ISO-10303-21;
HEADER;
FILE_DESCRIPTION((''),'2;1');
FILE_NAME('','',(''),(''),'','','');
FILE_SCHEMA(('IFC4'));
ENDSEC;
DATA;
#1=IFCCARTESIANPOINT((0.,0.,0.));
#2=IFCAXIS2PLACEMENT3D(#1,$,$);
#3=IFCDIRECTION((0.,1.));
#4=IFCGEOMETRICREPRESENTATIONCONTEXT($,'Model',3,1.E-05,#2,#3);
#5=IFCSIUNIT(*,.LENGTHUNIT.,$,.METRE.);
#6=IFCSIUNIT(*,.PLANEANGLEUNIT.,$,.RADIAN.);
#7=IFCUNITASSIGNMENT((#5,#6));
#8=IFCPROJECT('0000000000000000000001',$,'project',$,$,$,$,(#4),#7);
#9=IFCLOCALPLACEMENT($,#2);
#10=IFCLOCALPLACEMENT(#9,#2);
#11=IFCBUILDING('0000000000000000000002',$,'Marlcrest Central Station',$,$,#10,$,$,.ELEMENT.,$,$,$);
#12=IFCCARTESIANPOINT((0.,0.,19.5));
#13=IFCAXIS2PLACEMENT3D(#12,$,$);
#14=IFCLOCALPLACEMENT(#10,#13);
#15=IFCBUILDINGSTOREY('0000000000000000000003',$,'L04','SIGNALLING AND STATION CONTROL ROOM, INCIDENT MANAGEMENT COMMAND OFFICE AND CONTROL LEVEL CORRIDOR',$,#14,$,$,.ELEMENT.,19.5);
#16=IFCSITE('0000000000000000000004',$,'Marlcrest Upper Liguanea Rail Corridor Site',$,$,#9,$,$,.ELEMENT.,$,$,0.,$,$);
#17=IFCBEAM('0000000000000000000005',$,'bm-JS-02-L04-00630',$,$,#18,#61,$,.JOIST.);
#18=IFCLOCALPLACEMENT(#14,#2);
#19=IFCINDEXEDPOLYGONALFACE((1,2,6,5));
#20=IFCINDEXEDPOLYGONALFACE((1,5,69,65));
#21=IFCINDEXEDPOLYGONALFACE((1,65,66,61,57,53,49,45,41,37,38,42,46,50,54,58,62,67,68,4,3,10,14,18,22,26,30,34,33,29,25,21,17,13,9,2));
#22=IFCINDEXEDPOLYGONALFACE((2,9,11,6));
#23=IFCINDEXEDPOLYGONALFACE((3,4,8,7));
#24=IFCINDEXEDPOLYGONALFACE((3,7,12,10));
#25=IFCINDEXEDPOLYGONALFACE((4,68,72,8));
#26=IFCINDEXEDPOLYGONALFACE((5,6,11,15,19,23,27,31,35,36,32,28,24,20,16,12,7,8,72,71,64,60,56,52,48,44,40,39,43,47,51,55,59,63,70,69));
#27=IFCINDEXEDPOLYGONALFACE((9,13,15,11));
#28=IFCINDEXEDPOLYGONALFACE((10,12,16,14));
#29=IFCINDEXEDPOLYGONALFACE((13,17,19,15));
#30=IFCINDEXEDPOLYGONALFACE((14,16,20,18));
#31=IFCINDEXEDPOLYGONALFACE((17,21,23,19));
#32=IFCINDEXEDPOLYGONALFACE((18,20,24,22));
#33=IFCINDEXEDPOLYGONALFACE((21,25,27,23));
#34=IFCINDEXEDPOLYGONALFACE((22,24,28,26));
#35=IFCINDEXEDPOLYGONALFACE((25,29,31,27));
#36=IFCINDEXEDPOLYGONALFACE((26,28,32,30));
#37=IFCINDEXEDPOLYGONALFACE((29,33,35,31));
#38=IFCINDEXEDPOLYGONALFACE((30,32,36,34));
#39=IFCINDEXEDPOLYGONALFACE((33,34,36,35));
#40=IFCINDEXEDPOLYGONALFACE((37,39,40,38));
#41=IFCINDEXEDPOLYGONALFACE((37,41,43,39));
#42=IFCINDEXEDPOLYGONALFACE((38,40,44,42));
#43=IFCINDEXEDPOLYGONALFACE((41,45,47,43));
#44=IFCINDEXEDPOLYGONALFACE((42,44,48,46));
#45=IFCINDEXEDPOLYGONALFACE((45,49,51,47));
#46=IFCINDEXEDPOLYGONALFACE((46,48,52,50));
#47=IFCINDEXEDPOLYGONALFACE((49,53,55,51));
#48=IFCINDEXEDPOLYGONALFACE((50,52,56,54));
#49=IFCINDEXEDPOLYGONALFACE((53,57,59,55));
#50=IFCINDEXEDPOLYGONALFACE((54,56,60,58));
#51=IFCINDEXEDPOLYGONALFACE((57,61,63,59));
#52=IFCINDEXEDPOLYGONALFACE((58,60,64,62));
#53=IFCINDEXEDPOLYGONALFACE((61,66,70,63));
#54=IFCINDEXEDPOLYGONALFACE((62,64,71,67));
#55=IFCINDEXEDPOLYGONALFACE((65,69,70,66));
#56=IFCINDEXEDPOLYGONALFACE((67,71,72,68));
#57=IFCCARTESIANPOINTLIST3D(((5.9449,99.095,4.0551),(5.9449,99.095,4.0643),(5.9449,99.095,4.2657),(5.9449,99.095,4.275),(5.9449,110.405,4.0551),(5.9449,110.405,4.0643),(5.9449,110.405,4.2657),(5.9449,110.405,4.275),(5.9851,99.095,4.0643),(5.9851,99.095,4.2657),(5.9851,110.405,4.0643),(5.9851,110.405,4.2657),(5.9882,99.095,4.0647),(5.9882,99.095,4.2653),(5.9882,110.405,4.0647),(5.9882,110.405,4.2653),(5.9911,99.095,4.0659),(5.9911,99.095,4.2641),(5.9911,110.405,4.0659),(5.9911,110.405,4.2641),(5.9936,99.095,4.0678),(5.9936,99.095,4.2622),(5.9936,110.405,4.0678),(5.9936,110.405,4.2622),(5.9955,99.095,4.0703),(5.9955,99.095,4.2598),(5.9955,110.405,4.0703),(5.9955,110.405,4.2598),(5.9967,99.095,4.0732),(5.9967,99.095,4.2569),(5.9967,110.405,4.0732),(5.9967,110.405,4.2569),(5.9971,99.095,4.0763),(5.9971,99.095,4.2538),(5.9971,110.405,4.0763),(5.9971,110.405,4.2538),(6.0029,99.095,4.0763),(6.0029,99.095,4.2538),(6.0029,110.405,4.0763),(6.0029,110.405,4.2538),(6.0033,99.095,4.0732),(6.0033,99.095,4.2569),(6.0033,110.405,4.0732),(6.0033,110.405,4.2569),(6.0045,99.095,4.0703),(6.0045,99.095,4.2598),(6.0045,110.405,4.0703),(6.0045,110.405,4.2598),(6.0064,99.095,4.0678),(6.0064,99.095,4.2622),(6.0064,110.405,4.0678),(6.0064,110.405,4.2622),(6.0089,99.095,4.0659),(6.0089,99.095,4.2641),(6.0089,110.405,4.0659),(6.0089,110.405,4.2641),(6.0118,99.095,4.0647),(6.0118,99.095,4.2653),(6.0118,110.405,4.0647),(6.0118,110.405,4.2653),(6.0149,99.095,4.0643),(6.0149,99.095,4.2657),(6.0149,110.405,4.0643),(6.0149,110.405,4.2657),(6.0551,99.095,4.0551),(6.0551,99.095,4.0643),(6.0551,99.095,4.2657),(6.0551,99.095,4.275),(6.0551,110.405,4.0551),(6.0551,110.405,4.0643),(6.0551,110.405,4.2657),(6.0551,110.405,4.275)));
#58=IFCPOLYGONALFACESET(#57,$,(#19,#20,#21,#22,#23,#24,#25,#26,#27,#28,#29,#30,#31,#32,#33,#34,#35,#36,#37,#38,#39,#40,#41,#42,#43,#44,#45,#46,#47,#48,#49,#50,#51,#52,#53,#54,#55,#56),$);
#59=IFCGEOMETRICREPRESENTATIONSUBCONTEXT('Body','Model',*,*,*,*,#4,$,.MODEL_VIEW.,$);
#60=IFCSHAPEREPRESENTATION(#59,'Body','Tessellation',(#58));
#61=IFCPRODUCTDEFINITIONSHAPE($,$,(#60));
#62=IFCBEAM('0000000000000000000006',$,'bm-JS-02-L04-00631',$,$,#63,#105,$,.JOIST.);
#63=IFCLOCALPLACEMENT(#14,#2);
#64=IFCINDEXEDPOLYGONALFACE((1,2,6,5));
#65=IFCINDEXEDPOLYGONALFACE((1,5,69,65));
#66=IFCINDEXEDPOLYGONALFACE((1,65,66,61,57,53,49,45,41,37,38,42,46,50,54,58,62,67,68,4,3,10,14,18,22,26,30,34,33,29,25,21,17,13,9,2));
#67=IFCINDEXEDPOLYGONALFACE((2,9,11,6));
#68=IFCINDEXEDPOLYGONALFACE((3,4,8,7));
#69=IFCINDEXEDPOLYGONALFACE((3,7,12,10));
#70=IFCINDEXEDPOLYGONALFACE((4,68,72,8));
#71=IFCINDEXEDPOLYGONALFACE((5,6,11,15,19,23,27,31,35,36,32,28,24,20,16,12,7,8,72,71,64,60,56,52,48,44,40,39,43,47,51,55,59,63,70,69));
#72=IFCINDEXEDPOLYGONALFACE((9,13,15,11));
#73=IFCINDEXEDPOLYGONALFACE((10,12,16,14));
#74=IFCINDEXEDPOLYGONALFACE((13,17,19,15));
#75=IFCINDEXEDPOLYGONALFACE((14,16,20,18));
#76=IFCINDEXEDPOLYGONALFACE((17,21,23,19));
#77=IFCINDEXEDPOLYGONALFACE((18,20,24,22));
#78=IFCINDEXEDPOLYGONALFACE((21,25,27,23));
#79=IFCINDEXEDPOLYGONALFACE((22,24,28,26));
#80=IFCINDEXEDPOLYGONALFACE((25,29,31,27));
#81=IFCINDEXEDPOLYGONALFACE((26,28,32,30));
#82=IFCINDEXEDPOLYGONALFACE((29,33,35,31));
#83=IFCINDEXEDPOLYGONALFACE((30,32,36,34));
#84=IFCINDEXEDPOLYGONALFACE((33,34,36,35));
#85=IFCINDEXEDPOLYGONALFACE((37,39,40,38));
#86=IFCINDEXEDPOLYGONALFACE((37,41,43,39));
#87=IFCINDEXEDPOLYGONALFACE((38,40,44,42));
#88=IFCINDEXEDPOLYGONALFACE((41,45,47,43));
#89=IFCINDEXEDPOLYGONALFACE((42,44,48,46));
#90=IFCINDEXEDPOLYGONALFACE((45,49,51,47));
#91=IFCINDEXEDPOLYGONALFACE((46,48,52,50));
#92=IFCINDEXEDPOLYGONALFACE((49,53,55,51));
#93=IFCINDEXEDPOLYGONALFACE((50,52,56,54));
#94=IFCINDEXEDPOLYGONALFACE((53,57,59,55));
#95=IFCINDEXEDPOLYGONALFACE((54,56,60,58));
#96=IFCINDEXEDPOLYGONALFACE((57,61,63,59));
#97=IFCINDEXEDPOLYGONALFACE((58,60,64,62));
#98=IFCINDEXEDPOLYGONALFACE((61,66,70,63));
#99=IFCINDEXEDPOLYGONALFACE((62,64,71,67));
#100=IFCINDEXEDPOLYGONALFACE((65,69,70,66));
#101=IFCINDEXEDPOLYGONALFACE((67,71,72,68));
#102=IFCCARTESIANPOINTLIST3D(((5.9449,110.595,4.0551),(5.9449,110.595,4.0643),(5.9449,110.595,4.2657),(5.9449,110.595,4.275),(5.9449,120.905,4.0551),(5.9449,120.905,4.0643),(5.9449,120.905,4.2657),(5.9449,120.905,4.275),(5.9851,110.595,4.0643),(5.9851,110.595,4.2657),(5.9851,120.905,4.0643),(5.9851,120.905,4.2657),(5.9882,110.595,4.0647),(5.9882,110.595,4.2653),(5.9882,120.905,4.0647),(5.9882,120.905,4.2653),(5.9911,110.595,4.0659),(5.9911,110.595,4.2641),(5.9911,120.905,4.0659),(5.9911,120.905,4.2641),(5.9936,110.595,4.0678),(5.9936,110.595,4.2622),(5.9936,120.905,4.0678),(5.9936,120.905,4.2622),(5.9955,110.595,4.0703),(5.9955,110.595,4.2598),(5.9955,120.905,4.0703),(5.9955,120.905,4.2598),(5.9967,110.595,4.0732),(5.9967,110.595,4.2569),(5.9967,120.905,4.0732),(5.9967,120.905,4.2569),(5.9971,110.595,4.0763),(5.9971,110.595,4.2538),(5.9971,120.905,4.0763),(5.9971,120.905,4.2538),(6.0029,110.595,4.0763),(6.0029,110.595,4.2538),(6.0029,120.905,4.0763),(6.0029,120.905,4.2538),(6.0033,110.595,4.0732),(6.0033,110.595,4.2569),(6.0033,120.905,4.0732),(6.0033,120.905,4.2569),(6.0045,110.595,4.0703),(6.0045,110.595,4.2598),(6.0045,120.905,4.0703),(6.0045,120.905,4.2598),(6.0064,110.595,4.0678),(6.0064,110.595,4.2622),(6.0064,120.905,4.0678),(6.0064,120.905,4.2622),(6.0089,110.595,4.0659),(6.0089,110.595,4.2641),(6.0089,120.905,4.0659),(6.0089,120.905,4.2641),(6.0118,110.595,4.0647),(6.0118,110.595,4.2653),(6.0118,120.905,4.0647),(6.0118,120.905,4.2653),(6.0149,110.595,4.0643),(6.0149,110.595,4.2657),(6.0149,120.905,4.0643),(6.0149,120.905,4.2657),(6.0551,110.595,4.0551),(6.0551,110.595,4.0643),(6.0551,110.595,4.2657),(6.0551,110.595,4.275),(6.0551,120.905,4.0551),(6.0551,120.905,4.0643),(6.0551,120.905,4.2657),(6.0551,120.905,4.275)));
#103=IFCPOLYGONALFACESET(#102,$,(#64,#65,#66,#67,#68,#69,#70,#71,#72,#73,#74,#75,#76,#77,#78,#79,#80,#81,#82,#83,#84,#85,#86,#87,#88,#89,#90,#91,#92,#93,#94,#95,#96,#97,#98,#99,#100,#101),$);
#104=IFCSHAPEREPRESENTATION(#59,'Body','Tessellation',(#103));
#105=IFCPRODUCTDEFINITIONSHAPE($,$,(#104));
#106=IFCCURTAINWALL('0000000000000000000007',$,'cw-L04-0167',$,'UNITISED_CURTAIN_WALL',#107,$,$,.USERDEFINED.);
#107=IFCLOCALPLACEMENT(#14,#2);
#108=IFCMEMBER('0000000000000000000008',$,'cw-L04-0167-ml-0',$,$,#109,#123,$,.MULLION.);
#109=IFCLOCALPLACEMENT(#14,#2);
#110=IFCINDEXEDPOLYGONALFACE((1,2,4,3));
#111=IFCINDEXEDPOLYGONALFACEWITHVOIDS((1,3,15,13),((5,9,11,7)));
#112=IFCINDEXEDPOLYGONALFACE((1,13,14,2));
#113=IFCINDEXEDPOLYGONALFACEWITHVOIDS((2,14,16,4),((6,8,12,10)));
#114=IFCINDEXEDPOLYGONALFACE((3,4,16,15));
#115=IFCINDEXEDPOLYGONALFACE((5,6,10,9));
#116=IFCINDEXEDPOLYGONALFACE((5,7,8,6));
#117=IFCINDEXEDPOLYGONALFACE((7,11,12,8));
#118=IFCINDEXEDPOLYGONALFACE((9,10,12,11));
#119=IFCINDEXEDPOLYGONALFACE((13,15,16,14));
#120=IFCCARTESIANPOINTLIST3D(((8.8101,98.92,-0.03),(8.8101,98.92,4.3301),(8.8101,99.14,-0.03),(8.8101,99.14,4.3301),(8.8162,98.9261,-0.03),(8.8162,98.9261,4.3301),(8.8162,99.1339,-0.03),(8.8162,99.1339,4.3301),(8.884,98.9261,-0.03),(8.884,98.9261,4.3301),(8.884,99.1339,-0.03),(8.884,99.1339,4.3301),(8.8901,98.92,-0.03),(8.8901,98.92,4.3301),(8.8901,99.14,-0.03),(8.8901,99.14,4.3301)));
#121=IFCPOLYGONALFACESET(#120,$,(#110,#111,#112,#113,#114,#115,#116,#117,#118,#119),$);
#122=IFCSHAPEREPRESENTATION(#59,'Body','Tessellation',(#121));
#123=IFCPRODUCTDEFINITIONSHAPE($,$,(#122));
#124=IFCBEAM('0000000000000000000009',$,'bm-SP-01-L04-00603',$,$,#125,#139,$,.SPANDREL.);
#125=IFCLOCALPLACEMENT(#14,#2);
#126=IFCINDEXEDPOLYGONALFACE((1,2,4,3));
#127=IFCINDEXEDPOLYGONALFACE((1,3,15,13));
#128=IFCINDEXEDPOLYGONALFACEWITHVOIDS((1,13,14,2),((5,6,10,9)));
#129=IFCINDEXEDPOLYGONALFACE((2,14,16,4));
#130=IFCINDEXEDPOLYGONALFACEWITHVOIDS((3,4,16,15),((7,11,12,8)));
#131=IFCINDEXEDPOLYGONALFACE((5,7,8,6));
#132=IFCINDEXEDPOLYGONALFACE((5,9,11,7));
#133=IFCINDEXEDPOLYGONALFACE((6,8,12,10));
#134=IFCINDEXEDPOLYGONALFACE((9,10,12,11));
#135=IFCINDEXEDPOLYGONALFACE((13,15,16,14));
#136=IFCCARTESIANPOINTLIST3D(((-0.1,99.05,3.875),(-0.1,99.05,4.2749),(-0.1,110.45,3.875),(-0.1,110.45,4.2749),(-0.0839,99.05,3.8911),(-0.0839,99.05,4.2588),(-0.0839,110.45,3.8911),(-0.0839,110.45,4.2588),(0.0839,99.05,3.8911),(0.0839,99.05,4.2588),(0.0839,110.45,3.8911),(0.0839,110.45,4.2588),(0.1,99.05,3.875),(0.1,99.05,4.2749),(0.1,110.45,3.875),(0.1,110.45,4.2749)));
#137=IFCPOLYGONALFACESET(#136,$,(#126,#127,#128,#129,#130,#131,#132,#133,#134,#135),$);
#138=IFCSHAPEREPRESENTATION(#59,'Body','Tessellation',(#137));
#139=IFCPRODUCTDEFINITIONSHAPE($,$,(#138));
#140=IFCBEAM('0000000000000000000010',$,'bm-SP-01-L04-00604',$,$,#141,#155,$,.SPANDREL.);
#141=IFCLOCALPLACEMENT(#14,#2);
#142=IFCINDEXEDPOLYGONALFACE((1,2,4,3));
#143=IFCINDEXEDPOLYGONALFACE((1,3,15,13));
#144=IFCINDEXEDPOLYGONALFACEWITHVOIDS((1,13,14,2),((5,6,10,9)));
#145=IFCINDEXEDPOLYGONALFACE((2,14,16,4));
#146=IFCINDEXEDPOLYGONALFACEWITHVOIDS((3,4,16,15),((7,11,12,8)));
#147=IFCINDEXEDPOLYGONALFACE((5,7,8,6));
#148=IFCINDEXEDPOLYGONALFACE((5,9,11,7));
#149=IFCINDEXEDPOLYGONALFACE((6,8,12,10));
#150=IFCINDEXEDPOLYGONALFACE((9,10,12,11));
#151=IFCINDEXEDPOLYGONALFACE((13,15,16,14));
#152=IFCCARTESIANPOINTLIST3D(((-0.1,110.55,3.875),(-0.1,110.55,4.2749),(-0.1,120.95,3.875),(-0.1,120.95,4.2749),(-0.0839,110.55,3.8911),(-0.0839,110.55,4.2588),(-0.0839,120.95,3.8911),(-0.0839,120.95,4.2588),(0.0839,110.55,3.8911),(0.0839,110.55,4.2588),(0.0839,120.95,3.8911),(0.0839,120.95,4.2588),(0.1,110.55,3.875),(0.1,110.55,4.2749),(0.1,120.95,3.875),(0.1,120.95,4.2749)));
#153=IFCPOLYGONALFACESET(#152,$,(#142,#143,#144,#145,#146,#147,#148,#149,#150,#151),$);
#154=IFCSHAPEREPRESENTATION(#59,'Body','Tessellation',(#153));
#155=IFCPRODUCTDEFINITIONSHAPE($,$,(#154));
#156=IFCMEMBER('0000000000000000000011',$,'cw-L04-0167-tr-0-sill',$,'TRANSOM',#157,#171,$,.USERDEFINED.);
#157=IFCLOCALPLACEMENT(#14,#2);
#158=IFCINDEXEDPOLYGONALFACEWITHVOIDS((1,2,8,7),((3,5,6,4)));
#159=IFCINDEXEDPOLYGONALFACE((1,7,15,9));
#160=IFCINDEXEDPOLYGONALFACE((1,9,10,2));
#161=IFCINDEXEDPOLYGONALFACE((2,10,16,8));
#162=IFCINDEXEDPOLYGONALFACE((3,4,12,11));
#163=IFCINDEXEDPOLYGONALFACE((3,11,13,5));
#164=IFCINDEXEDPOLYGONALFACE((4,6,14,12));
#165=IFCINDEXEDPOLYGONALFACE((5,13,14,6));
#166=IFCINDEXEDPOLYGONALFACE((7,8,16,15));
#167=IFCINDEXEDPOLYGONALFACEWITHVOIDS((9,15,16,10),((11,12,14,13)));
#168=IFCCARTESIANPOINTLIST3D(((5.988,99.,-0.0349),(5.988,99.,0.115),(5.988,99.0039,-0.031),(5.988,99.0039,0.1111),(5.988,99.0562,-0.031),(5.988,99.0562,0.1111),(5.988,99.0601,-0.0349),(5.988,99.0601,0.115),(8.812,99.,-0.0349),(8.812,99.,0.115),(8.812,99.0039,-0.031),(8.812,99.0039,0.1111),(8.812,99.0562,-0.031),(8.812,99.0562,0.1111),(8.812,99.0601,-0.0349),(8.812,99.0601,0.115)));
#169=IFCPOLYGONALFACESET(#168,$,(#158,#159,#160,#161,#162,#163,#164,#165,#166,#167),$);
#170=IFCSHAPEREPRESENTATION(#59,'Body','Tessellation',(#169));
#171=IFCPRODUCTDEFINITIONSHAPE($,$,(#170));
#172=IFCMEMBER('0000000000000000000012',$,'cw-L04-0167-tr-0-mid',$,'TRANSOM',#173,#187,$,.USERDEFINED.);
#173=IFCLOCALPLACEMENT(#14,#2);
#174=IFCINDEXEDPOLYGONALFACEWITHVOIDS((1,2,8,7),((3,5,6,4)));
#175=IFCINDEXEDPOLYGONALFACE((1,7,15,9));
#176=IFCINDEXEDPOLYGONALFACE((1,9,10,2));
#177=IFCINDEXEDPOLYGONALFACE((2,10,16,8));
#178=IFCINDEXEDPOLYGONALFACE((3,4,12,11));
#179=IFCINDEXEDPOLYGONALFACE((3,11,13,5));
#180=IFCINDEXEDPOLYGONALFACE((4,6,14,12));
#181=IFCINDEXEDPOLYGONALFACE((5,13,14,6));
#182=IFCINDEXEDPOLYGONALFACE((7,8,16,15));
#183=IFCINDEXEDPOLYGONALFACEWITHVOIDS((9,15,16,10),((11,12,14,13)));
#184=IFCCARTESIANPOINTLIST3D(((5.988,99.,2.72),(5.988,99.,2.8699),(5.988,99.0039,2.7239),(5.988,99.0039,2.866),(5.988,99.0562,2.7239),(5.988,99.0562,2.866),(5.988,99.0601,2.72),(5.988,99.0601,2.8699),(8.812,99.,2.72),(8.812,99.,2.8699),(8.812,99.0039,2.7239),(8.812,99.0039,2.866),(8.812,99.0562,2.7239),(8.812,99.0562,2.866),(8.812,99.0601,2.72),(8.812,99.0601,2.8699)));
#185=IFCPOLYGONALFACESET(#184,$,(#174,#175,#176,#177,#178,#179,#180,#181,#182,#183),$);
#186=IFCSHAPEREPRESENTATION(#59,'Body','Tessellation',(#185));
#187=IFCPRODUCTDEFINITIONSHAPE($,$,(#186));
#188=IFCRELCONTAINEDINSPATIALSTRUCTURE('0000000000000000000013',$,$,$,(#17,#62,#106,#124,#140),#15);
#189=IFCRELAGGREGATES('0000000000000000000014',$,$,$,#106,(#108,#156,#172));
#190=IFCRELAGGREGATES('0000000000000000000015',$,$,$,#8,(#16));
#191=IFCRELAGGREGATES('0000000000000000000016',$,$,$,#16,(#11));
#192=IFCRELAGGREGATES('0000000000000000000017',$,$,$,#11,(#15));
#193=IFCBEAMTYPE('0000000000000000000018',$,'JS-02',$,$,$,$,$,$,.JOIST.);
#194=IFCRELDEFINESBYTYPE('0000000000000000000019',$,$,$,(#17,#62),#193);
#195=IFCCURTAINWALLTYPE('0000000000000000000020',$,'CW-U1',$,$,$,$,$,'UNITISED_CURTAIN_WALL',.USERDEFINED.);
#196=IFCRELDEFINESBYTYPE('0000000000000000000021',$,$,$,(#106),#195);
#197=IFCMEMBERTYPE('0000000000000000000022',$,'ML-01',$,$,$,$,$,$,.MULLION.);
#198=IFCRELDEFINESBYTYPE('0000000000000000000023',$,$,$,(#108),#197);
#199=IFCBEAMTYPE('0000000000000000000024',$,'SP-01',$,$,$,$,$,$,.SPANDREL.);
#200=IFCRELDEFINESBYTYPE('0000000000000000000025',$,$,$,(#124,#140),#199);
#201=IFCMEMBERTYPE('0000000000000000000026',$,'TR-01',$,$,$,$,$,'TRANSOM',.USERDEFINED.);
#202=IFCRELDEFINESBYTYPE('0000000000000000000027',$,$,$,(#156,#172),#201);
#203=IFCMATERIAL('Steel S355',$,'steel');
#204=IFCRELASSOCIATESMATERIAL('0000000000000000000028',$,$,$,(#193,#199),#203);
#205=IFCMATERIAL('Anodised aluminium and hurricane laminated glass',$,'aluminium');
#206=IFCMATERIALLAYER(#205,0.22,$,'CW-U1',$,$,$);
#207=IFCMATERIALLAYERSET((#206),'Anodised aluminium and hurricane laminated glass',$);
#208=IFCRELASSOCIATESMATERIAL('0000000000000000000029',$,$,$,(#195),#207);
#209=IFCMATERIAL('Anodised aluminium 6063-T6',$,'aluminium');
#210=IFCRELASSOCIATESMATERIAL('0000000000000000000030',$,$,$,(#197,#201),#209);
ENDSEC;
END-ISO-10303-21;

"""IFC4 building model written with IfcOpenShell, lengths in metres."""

from ifc_helpers import new_model, si_unit, direction, frame, origin, origin_2d, place, context, subcontext, project, spatial, hollow_rectangle, i_section, extrude, material, layer, layer_set, material_profile, profile_set, type_object, element, aggregate, save


model = new_model("IFC4")

# Units and contexts
model_context = context("Model", 3, precision=1e-05, world=origin(), true_north=direction((0.0, 1.0)))
body_context = subcontext(model_context, "Body", "Model", "MODEL_VIEW")
ifc_project = project(units=[si_unit("LENGTHUNIT", "METRE"), si_unit("PLANEANGLEUNIT", "RADIAN")], contexts=[model_context])

# Site, building, storey
site_placement = place(None, origin())
site = spatial("IfcSite", under=ifc_project, at=site_placement, Name="Marlcrest Upper Liguanea Rail Corridor Site", CompositionType="ELEMENT", RefElevation=0.0)
building_placement = place(site_placement, origin())
building = spatial("IfcBuilding", under=site, at=building_placement, Name="Marlcrest Central Station", CompositionType="ELEMENT")
storey_placement = place(building_placement, frame((0.0, 0.0, 19.5)))
storey = spatial("IfcBuildingStorey", under=building, at=storey_placement, Name="L04", Description="SIGNALLING AND STATION CONTROL ROOM, INCIDENT MANAGEMENT COMMAND OFFICE AND CONTROL LEVEL CORRIDOR", CompositionType="ELEMENT", Elevation=19.5)

# Shared definitions
ifc_material_1 = material(Name="Steel S355", Category="steel")

# Beams
ifc_material_profile_1 = material_profile(ifc_material_1, i_section(OverallWidth=0.1101, OverallDepth=0.22, WebThickness=0.0059, FlangeThickness=0.0093, FilletRadius=0.012, at=origin_2d()), Name="IPE 220")
ifc_profile_set_1 = profile_set([ifc_material_profile_1], Name="Steel S355")
beam_type_1 = type_object("IfcBeamType", Name="JS-02", PredefinedType="JOIST", material=ifc_profile_set_1)
beam_1_placement = place(storey_placement, frame((6.0, 99.095, 4.165), z_axis=(0.0, 1.0, 0.0), x_axis=(-1.0, 0.0, 0.0)))
element("IfcBeam", 1, at=beam_1_placement, inside=storey, type_object=beam_type_1, Name="bm-JS-02-L04-00630", PredefinedType="JOIST", context=body_context, shape_type="SweptSolid", body=[
    extrude(i_section(OverallWidth=0.1101, OverallDepth=0.22, WebThickness=0.0059, FlangeThickness=0.0093, FilletRadius=0.012, at=origin_2d()), origin(), (0.0, 0.0, 1.0), 11.3101),
])
beam_2_placement = place(storey_placement, frame((6.0, 110.595, 4.165), z_axis=(0.0, 1.0, 0.0), x_axis=(-1.0, 0.0, 0.0)))
element("IfcBeam", 2, at=beam_2_placement, inside=storey, type_object=beam_type_1, Name="bm-JS-02-L04-00631", PredefinedType="JOIST", context=body_context, shape_type="SweptSolid", body=[
    extrude(i_section(OverallWidth=0.1101, OverallDepth=0.22, WebThickness=0.0059, FlangeThickness=0.0093, FilletRadius=0.012, at=origin_2d()), origin(), (0.0, 0.0, 1.0), 10.3101),
])

# Curtain wall, member
ifc_material_2 = material(Name="Anodised aluminium and hurricane laminated glass", Category="aluminium")
ifc_layer_1 = layer(ifc_material_2, 0.22, Name="CW-U1")
ifc_layer_set_1 = layer_set([ifc_layer_1], Name="Anodised aluminium and hurricane laminated glass")
curtain_wall_type = type_object("IfcCurtainWallType", Name="CW-U1", ElementType="UNITISED_CURTAIN_WALL", PredefinedType="USERDEFINED", material=ifc_layer_set_1)
curtain_wall_placement = place(storey_placement, origin())
curtain_wall = element("IfcCurtainWall", 3, at=curtain_wall_placement, inside=storey, type_object=curtain_wall_type, Name="cw-L04-0167", ObjectType="UNITISED_CURTAIN_WALL", PredefinedType="USERDEFINED")
ifc_material_3 = material(Name="Anodised aluminium 6063-T6", Category="aluminium")
ifc_material_profile_2 = material_profile(ifc_material_3, hollow_rectangle(XDim=0.0801, YDim=0.22, WallThickness=0.0061, at=origin_2d()), Name="AA-RHS 220x80x6")
ifc_profile_set_2 = profile_set([ifc_material_profile_2], Name="Anodised aluminium 6063-T6")
member_type_1 = type_object("IfcMemberType", Name="ML-01", PredefinedType="MULLION", material=ifc_profile_set_2)
member_1_placement = place(storey_placement, frame((8.8501, 99.03, -0.03), z_axis=(0.0, 0.0, 1.0), x_axis=(1.0, 0.0, 0.0)))
member_1 = element("IfcMember", 4, at=member_1_placement, type_object=member_type_1, Name="cw-L04-0167-ml-0", PredefinedType="MULLION", context=body_context, shape_type="SweptSolid", body=[
    extrude(hollow_rectangle(XDim=0.0801, YDim=0.22, WallThickness=0.0061, at=origin_2d()), origin(), (0.0, 0.0, 1.0), 4.3601),
])

# Beams
ifc_material_profile_3 = material_profile(ifc_material_1, hollow_rectangle(XDim=0.2, YDim=0.3999, WallThickness=0.0161, at=origin_2d()), Name="RHS 400x200x16")
ifc_profile_set_3 = profile_set([ifc_material_profile_3], Name="Steel S355")
beam_type_2 = type_object("IfcBeamType", Name="SP-01", PredefinedType="SPANDREL", material=ifc_profile_set_3)
beam_3_placement = place(storey_placement, frame((0.0, 99.05, 4.075), z_axis=(0.0, 1.0, 0.0), x_axis=(-1.0, 0.0, 0.0)))
element("IfcBeam", 5, at=beam_3_placement, inside=storey, type_object=beam_type_2, Name="bm-SP-01-L04-00603", PredefinedType="SPANDREL", context=body_context, shape_type="SweptSolid", body=[
    extrude(hollow_rectangle(XDim=0.2, YDim=0.3999, WallThickness=0.0161, at=origin_2d()), origin(), (0.0, 0.0, 1.0), 11.3999),
])
beam_4_placement = place(storey_placement, frame((0.0, 110.55, 4.075), z_axis=(0.0, 1.0, 0.0), x_axis=(-1.0, 0.0, 0.0)))
element("IfcBeam", 6, at=beam_4_placement, inside=storey, type_object=beam_type_2, Name="bm-SP-01-L04-00604", PredefinedType="SPANDREL", context=body_context, shape_type="SweptSolid", body=[
    extrude(hollow_rectangle(XDim=0.2, YDim=0.3999, WallThickness=0.0161, at=origin_2d()), origin(), (0.0, 0.0, 1.0), 10.3999),
])

# Members
ifc_material_profile_4 = material_profile(ifc_material_3, hollow_rectangle(XDim=0.0601, YDim=0.1499, WallThickness=0.0039, at=origin_2d()), Name="AA-RHS 150x60x4")
ifc_profile_set_4 = profile_set([ifc_material_profile_4], Name="Anodised aluminium 6063-T6")
member_type_2 = type_object("IfcMemberType", Name="TR-01", ElementType="TRANSOM", PredefinedType="USERDEFINED", material=ifc_profile_set_4)
member_2_placement = place(storey_placement, frame((8.812, 99.03, 0.04), z_axis=(-1.0, 0.0, 0.0), x_axis=(0.0, -1.0, 0.0)))
member_2 = element("IfcMember", 7, at=member_2_placement, type_object=member_type_2, Name="cw-L04-0167-tr-0-sill", ObjectType="TRANSOM", PredefinedType="USERDEFINED", context=body_context, shape_type="SweptSolid", body=[
    extrude(hollow_rectangle(XDim=0.0601, YDim=0.1499, WallThickness=0.0039, at=origin_2d()), origin(), (0.0, 0.0, 1.0), 2.824),
])
member_3_placement = place(storey_placement, frame((8.812, 99.03, 2.7949), z_axis=(-1.0, 0.0, 0.0), x_axis=(0.0, -1.0, 0.0)))
member_3 = element("IfcMember", 8, at=member_3_placement, type_object=member_type_2, Name="cw-L04-0167-tr-0-mid", ObjectType="TRANSOM", PredefinedType="USERDEFINED", context=body_context, shape_type="SweptSolid", body=[
    extrude(hollow_rectangle(XDim=0.0601, YDim=0.1499, WallThickness=0.0039, at=origin_2d()), origin(), (0.0, 0.0, 1.0), 2.824),
])
aggregate(curtain_wall, [member_1, member_2, member_3])

save(model, "model.ifc")
